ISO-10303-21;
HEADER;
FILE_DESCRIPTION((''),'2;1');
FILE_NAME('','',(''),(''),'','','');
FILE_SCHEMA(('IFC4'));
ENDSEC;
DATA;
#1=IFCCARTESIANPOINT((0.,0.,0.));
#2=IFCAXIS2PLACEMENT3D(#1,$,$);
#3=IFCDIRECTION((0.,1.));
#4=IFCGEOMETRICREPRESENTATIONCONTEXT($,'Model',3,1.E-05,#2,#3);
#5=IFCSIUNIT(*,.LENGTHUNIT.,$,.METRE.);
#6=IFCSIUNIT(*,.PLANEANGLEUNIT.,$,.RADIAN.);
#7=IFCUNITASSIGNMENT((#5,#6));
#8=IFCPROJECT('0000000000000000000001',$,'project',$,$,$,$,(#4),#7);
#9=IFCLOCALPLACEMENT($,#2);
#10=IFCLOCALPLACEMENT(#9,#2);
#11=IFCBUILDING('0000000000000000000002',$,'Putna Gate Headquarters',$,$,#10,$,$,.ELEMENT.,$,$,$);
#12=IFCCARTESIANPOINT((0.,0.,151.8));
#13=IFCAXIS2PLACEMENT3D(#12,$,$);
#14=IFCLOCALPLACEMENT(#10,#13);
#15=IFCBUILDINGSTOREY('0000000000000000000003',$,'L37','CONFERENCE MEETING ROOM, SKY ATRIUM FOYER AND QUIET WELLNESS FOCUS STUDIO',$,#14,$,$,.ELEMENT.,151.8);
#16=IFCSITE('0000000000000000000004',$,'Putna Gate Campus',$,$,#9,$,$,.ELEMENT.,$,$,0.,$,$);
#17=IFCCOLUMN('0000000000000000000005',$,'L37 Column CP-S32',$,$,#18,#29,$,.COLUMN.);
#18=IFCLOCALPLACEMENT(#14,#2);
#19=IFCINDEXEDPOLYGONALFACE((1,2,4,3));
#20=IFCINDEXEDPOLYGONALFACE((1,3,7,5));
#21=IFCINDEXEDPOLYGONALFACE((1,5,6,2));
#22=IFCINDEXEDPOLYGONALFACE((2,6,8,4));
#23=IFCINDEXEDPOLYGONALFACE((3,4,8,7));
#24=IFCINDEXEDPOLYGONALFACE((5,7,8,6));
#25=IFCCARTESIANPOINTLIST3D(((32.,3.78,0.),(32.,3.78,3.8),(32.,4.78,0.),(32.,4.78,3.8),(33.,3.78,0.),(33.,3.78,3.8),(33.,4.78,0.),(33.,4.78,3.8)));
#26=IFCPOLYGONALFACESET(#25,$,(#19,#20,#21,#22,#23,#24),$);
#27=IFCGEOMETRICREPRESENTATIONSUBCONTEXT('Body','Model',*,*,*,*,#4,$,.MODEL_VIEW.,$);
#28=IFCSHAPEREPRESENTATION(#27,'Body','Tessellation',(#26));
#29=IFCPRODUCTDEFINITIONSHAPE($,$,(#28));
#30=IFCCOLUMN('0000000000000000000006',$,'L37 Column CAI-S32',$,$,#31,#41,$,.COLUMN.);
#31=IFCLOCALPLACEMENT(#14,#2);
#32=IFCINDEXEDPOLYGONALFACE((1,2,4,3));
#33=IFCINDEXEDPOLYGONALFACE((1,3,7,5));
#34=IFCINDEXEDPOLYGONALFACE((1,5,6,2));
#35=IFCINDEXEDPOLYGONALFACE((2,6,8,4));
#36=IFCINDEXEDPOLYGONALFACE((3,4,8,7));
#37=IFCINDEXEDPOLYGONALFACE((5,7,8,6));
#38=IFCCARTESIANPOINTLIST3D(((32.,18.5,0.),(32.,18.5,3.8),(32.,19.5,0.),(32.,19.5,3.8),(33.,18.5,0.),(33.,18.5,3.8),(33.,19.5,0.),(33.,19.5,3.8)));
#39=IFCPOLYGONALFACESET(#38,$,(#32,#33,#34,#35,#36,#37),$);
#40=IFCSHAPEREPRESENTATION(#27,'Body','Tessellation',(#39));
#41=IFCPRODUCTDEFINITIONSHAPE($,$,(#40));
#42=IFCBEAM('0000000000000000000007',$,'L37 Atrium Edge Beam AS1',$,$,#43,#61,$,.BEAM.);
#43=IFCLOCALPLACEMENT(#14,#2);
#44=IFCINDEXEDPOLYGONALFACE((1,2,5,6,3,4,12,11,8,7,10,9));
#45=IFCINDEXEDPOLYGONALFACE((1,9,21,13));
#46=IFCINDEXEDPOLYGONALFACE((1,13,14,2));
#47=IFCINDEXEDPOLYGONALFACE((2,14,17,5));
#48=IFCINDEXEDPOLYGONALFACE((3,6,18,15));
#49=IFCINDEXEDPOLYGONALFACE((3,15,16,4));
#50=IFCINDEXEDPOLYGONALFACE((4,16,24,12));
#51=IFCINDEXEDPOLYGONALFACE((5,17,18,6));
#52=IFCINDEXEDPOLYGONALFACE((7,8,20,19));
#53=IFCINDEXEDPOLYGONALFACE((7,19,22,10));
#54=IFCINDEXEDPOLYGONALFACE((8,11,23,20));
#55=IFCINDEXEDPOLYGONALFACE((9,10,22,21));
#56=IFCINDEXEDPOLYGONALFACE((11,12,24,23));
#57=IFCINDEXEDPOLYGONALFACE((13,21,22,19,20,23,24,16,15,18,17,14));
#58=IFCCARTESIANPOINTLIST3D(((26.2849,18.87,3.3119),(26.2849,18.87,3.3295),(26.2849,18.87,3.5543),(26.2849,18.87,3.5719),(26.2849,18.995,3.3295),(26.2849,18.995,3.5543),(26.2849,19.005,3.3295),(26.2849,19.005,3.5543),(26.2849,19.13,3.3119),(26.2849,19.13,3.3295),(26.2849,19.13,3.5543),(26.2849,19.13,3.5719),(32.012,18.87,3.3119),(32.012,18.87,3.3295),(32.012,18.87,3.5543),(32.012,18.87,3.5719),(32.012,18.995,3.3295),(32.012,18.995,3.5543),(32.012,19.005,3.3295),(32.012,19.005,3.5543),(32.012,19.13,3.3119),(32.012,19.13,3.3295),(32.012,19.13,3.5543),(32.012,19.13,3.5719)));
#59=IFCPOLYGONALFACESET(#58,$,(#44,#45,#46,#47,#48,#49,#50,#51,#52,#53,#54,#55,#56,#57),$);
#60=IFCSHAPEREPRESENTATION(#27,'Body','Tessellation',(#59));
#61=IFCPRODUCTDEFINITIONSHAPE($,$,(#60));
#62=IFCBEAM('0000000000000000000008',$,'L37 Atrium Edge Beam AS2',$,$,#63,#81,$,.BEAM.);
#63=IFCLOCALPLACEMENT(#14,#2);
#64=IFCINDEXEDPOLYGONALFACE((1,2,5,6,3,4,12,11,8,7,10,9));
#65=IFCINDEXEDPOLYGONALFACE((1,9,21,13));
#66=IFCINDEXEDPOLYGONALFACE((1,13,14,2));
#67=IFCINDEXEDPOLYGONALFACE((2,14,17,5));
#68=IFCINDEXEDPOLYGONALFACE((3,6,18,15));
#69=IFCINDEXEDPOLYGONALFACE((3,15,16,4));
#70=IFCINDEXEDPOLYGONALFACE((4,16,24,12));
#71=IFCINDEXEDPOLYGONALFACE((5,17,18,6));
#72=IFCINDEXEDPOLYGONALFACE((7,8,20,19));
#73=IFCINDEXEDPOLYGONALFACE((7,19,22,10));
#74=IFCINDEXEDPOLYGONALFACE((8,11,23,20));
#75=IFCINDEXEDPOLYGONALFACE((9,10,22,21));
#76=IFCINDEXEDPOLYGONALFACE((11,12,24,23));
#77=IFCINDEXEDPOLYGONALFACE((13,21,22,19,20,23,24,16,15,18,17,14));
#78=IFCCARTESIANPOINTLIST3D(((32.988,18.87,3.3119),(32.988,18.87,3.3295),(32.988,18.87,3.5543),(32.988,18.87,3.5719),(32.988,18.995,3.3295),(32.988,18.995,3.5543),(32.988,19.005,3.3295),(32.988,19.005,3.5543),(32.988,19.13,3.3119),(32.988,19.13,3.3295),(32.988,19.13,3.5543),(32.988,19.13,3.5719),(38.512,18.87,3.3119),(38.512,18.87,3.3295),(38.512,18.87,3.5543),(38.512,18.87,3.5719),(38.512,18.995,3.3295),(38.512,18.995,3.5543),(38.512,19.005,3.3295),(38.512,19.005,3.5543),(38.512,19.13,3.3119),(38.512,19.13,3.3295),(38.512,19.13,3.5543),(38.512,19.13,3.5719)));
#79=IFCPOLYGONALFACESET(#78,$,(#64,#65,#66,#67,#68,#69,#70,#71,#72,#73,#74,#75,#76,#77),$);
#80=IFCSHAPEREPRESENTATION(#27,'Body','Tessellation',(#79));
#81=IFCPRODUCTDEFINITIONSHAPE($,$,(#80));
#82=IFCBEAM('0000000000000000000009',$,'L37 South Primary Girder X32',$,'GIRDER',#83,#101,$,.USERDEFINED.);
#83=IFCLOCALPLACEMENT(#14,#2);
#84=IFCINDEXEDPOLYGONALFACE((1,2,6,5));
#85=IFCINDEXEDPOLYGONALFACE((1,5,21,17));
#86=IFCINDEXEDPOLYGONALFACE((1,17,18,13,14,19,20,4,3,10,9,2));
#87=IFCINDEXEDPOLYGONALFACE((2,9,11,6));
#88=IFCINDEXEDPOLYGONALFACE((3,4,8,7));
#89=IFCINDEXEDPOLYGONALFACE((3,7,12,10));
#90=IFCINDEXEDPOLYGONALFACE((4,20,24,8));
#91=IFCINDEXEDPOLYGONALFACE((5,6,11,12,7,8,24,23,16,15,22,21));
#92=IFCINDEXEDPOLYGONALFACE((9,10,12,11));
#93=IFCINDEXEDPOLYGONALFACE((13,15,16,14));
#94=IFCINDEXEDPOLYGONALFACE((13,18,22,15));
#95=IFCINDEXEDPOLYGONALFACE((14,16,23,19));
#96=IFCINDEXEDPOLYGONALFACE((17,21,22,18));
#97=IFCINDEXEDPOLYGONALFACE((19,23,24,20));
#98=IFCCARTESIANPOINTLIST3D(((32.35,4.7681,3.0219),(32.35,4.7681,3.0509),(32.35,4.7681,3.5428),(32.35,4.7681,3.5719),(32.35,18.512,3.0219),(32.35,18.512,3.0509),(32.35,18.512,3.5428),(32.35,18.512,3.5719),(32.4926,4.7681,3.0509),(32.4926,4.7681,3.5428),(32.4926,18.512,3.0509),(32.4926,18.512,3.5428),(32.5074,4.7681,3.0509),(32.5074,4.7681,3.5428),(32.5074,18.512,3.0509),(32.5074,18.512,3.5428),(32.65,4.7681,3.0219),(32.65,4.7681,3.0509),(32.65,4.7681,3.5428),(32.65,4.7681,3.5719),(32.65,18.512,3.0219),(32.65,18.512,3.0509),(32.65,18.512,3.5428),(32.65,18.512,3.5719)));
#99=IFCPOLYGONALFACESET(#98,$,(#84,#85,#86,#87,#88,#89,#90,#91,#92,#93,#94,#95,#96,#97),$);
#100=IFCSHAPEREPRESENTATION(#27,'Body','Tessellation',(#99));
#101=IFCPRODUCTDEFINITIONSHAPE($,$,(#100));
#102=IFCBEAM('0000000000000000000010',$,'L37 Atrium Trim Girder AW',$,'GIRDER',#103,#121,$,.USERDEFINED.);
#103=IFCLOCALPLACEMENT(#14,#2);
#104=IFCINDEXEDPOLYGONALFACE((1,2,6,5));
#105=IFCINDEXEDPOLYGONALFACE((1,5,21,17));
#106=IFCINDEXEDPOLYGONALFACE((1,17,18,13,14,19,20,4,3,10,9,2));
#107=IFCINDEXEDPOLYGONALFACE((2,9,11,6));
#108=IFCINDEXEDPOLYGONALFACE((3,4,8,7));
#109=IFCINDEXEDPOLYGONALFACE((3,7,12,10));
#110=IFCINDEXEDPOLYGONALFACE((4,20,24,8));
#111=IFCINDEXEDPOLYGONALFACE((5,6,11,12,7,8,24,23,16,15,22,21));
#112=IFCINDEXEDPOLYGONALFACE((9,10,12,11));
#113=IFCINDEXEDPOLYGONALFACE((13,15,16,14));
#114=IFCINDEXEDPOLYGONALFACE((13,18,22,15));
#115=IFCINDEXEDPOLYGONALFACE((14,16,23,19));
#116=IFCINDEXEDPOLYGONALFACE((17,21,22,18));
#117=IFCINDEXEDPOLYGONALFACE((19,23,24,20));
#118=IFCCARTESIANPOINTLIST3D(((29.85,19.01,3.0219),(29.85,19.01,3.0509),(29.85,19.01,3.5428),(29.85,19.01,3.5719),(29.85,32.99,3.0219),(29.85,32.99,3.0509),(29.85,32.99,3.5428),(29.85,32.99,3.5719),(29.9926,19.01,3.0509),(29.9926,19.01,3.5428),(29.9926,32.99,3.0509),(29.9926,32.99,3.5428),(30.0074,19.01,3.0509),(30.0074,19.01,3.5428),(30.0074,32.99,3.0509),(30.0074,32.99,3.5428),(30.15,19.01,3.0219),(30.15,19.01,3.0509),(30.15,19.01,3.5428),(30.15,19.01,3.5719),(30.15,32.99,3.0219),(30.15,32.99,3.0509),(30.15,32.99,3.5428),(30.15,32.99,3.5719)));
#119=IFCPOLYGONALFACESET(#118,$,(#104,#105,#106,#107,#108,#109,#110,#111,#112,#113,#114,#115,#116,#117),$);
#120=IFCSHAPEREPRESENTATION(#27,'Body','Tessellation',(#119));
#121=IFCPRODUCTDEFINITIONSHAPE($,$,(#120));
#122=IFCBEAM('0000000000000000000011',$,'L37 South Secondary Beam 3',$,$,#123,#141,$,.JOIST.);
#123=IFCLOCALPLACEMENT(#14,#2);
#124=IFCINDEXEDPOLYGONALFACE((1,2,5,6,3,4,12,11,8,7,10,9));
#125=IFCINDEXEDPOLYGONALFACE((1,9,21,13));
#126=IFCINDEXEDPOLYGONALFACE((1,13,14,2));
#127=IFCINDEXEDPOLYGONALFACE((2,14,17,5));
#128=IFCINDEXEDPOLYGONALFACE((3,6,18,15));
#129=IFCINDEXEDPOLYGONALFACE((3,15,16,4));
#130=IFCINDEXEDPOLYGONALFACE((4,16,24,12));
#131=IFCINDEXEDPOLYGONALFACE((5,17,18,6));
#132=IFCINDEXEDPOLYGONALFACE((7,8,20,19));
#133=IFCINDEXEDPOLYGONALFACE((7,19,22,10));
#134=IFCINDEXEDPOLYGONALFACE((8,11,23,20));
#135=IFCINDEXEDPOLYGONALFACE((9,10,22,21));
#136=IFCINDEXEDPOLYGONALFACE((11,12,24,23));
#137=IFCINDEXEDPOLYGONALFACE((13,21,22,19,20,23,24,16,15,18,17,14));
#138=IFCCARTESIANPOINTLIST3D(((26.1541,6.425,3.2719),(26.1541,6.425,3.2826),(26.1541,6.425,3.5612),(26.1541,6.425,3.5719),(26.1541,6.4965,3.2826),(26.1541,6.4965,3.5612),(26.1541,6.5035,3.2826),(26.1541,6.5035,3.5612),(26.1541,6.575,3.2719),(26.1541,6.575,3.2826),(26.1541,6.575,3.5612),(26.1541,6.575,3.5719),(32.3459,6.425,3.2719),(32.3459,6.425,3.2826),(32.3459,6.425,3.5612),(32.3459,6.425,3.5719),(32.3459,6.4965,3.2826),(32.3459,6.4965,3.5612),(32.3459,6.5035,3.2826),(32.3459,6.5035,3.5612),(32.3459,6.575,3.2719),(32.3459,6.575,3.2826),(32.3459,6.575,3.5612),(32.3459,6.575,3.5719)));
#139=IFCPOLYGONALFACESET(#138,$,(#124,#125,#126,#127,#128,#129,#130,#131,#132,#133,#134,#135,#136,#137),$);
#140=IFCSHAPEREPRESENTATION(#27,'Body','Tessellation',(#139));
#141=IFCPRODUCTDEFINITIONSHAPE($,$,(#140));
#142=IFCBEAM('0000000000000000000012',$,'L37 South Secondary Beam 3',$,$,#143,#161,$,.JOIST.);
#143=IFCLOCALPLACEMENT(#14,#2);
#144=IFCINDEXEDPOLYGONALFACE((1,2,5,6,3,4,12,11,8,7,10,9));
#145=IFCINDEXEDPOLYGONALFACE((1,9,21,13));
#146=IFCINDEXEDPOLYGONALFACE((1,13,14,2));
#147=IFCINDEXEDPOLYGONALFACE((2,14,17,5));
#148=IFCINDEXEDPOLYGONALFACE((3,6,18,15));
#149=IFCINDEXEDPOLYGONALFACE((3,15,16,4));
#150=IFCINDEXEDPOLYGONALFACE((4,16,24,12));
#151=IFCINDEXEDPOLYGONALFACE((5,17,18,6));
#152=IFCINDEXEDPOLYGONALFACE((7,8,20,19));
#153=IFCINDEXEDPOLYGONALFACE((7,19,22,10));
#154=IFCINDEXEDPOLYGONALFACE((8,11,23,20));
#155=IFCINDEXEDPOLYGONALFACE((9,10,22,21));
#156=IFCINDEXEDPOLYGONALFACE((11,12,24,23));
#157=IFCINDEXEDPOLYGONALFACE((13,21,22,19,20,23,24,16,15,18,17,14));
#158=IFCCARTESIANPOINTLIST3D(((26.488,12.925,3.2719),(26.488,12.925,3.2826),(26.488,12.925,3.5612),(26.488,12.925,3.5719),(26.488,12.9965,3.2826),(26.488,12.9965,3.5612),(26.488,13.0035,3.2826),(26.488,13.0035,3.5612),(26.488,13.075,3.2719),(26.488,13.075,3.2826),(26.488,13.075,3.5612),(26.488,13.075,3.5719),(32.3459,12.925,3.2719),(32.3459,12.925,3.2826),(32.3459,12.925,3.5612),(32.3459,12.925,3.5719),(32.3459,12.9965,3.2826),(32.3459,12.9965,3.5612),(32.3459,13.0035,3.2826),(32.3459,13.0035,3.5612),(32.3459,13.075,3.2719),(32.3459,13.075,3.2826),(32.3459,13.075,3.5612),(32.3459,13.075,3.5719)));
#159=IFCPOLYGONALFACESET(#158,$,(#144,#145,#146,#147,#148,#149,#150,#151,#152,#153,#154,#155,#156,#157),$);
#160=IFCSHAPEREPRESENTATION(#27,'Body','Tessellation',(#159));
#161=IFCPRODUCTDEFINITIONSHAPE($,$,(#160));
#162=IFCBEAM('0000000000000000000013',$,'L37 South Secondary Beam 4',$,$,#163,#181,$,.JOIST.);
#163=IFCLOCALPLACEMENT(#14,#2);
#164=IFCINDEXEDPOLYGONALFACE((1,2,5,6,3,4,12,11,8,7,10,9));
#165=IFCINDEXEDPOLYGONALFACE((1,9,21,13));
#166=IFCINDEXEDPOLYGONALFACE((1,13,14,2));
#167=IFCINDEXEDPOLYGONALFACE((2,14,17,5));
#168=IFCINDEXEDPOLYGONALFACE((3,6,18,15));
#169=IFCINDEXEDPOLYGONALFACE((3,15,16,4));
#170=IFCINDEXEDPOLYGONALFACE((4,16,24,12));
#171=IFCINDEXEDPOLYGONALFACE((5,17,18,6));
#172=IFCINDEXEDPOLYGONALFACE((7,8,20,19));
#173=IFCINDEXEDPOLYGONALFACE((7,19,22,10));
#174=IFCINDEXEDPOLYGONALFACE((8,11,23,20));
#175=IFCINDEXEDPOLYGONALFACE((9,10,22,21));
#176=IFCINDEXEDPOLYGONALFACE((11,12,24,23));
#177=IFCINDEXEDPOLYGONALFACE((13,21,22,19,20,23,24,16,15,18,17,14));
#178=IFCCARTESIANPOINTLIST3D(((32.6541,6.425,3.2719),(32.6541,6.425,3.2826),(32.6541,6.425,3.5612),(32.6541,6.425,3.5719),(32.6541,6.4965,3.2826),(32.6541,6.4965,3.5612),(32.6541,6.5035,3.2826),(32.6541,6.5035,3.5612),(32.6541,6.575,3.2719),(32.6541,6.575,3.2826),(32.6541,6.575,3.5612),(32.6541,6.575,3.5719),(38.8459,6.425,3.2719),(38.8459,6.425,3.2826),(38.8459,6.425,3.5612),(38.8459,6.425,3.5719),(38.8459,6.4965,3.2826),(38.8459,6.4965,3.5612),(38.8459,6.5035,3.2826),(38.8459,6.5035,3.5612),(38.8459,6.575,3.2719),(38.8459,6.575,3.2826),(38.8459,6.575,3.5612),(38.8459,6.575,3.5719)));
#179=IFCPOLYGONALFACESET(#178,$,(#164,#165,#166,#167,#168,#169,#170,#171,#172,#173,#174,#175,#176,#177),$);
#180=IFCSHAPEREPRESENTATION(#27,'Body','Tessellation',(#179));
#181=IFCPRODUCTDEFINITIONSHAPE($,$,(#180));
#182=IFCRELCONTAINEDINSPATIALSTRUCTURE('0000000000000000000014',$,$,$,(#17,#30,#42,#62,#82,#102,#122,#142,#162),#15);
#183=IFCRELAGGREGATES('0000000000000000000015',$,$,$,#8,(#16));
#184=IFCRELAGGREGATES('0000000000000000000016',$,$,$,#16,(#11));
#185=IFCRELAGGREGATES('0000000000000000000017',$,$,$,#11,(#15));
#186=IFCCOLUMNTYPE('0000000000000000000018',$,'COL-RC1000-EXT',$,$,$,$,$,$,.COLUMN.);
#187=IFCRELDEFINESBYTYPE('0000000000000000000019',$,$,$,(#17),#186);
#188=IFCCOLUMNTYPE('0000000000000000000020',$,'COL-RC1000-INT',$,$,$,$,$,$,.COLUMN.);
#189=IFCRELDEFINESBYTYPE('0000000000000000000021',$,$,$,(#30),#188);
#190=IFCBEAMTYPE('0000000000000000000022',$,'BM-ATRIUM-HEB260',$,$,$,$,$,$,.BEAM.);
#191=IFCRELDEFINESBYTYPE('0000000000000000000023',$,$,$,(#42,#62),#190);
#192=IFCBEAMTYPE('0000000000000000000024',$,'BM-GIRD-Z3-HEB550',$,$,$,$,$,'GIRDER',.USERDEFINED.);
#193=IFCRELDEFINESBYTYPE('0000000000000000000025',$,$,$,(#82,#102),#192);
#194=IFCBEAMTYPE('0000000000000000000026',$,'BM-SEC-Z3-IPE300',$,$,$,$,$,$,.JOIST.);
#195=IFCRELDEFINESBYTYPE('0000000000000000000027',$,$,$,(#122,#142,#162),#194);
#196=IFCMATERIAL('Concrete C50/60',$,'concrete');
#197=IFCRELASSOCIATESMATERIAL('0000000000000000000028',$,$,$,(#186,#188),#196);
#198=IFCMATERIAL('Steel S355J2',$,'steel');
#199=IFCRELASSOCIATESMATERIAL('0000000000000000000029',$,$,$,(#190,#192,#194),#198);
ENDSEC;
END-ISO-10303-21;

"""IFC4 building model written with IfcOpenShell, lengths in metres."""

from ifc_helpers import new_model, si_unit, direction, frame, origin, origin_2d, place, context, subcontext, project, spatial, rectangle, i_section, extrude, material, material_profile, profile_set, type_object, element, save


model = new_model("IFC4")

# Units and contexts
model_context = context("Model", 3, precision=1e-05, world=origin(), true_north=direction((0.0, 1.0)))
body_context = subcontext(model_context, "Body", "Model", "MODEL_VIEW")
ifc_project = project(units=[si_unit("LENGTHUNIT", "METRE"), si_unit("PLANEANGLEUNIT", "RADIAN")], contexts=[model_context])

# Site, building, storey
site_placement = place(None, origin())
site = spatial("IfcSite", under=ifc_project, at=site_placement, Name="Putna Gate Campus", CompositionType="ELEMENT", RefElevation=0.0)
building_placement = place(site_placement, origin())
building = spatial("IfcBuilding", under=site, at=building_placement, Name="Putna Gate Headquarters", CompositionType="ELEMENT")
storey_placement = place(building_placement, frame((0.0, 0.0, 151.8)))
storey = spatial("IfcBuildingStorey", under=building, at=storey_placement, Name="L37", Description="CONFERENCE MEETING ROOM, SKY ATRIUM FOYER AND QUIET WELLNESS FOCUS STUDIO", CompositionType="ELEMENT", Elevation=151.8)

# Columns
ifc_material_1 = material(Name="Concrete C50/60", Category="concrete")
ifc_material_profile_1 = material_profile(ifc_material_1, rectangle(XDim=1.0, YDim=1.0, at=origin_2d()), Name="Concrete C50/60")
ifc_profile_set_1 = profile_set([ifc_material_profile_1], Name="Concrete C50/60")
column_type_1 = type_object("IfcColumnType", Name="COL-RC1000-EXT", PredefinedType="COLUMN", material=ifc_profile_set_1)
column_1_placement = place(storey_placement, frame((32.5, 4.28, 0.0), z_axis=(0.0, 0.0, 1.0), x_axis=(1.0, 0.0, 0.0)))
element("IfcColumn", 1, at=column_1_placement, inside=storey, type_object=column_type_1, Name="L37 Column CP-S32", PredefinedType="COLUMN", context=body_context, shape_type="SweptSolid", body=[
    extrude(rectangle(XDim=1.0, YDim=1.0, at=origin_2d()), origin(), (0.0, 0.0, 1.0), 3.8),
])
ifc_material_profile_2 = material_profile(ifc_material_1, rectangle(XDim=1.0, YDim=1.0, at=origin_2d()), Name="Concrete C50/60")
ifc_profile_set_2 = profile_set([ifc_material_profile_2], Name="Concrete C50/60")
column_type_2 = type_object("IfcColumnType", Name="COL-RC1000-INT", PredefinedType="COLUMN", material=ifc_profile_set_2)
column_2_placement = place(storey_placement, frame((32.5, 19.0, 0.0), z_axis=(0.0, 0.0, 1.0), x_axis=(1.0, 0.0, 0.0)))
element("IfcColumn", 2, at=column_2_placement, inside=storey, type_object=column_type_2, Name="L37 Column CAI-S32", PredefinedType="COLUMN", context=body_context, shape_type="SweptSolid", body=[
    extrude(rectangle(XDim=1.0, YDim=1.0, at=origin_2d()), origin(), (0.0, 0.0, 1.0), 3.8),
])

# Beams
ifc_material_2 = material(Name="Steel S355J2", Category="steel")
ifc_material_profile_3 = material_profile(ifc_material_2, i_section(OverallWidth=0.26, OverallDepth=0.26, WebThickness=0.01, FlangeThickness=0.0176, at=origin_2d()), Name="Steel S355J2")
ifc_profile_set_3 = profile_set([ifc_material_profile_3], Name="Steel S355J2")
beam_type_1 = type_object("IfcBeamType", Name="BM-ATRIUM-HEB260", PredefinedType="BEAM", material=ifc_profile_set_3)
beam_1_placement = place(storey_placement, frame((26.2849, 19.0, 3.4419), z_axis=(1.0, 0.0, 0.0), x_axis=(0.0, 1.0, 0.0)))
element("IfcBeam", 3, at=beam_1_placement, inside=storey, type_object=beam_type_1, Name="L37 Atrium Edge Beam AS1", PredefinedType="BEAM", context=body_context, shape_type="SweptSolid", body=[
    extrude(i_section(OverallWidth=0.26, OverallDepth=0.26, WebThickness=0.01, FlangeThickness=0.0176, at=origin_2d()), origin(), (0.0, 0.0, 1.0), 5.7271),
])
beam_2_placement = place(storey_placement, frame((32.988, 19.0, 3.4419), z_axis=(1.0, 0.0, 0.0), x_axis=(0.0, 1.0, 0.0)))
element("IfcBeam", 4, at=beam_2_placement, inside=storey, type_object=beam_type_1, Name="L37 Atrium Edge Beam AS2", PredefinedType="BEAM", context=body_context, shape_type="SweptSolid", body=[
    extrude(i_section(OverallWidth=0.26, OverallDepth=0.26, WebThickness=0.01, FlangeThickness=0.0176, at=origin_2d()), origin(), (0.0, 0.0, 1.0), 5.5239),
])
ifc_material_profile_4 = material_profile(ifc_material_2, i_section(OverallWidth=0.3, OverallDepth=0.55, WebThickness=0.0149, FlangeThickness=0.0291, at=origin_2d()), Name="Steel S355J2")
ifc_profile_set_4 = profile_set([ifc_material_profile_4], Name="Steel S355J2")
beam_type_2 = type_object("IfcBeamType", Name="BM-GIRD-Z3-HEB550", ElementType="GIRDER", PredefinedType="USERDEFINED", material=ifc_profile_set_4)
beam_3_placement = place(storey_placement, frame((32.5, 4.7681, 3.2969), z_axis=(0.0, 1.0, 0.0), x_axis=(-1.0, 0.0, 0.0)))
element("IfcBeam", 5, at=beam_3_placement, inside=storey, type_object=beam_type_2, Name="L37 South Primary Girder X32", ObjectType="GIRDER", PredefinedType="USERDEFINED", context=body_context, shape_type="SweptSolid", body=[
    extrude(i_section(OverallWidth=0.3, OverallDepth=0.55, WebThickness=0.0149, FlangeThickness=0.0291, at=origin_2d()), origin(), (0.0, 0.0, 1.0), 13.7439),
])
beam_4_placement = place(storey_placement, frame((30.0, 19.01, 3.2969), z_axis=(0.0, 1.0, 0.0), x_axis=(-1.0, 0.0, 0.0)))
element("IfcBeam", 6, at=beam_4_placement, inside=storey, type_object=beam_type_2, Name="L37 Atrium Trim Girder AW", ObjectType="GIRDER", PredefinedType="USERDEFINED", context=body_context, shape_type="SweptSolid", body=[
    extrude(i_section(OverallWidth=0.3, OverallDepth=0.55, WebThickness=0.0149, FlangeThickness=0.0291, at=origin_2d()), origin(), (0.0, 0.0, 1.0), 13.98),
])
ifc_material_profile_5 = material_profile(ifc_material_2, i_section(OverallWidth=0.1499, OverallDepth=0.3, WebThickness=0.0071, FlangeThickness=0.0107, at=origin_2d()), Name="Steel S355J2")
ifc_profile_set_5 = profile_set([ifc_material_profile_5], Name="Steel S355J2")
beam_type_3 = type_object("IfcBeamType", Name="BM-SEC-Z3-IPE300", PredefinedType="JOIST", material=ifc_profile_set_5)
beam_5_placement = place(storey_placement, frame((26.1541, 6.5, 3.4219), z_axis=(1.0, 0.0, 0.0), x_axis=(0.0, 1.0, 0.0)))
element("IfcBeam", 7, at=beam_5_placement, inside=storey, type_object=beam_type_3, Name="L37 South Secondary Beam 3", PredefinedType="JOIST", context=body_context, shape_type="SweptSolid", body=[
    extrude(i_section(OverallWidth=0.1499, OverallDepth=0.3, WebThickness=0.0071, FlangeThickness=0.0107, at=origin_2d()), origin(), (0.0, 0.0, 1.0), 6.1919),
])
beam_6_placement = place(storey_placement, frame((26.488, 13.0, 3.4219), z_axis=(1.0, 0.0, 0.0), x_axis=(0.0, 1.0, 0.0)))
element("IfcBeam", 8, at=beam_6_placement, inside=storey, type_object=beam_type_3, Name="L37 South Secondary Beam 3", PredefinedType="JOIST", context=body_context, shape_type="SweptSolid", body=[
    extrude(i_section(OverallWidth=0.1499, OverallDepth=0.3, WebThickness=0.0071, FlangeThickness=0.0107, at=origin_2d()), origin(), (0.0, 0.0, 1.0), 5.8579),
])
for number, where, z_axis, x_axis, name in (
    (9, (32.6541, 6.5, 3.4219), (1.0, 0.0, 0.0), (0.0, 1.0, 0.0), "L37 South Secondary Beam 4"),
):
    element("IfcBeam", number, at=place(storey_placement, frame(where, z_axis=z_axis, x_axis=x_axis)), inside=storey, type_object=beam_type_3, Name=name, PredefinedType="JOIST", context=body_context, shape_type="SweptSolid", body=[
        extrude(i_section(OverallWidth=0.1499, OverallDepth=0.3, WebThickness=0.0071, FlangeThickness=0.0107, at=origin_2d()), origin(), (0.0, 0.0, 1.0), 6.1919),
    ])

save(model, "model.ifc")
